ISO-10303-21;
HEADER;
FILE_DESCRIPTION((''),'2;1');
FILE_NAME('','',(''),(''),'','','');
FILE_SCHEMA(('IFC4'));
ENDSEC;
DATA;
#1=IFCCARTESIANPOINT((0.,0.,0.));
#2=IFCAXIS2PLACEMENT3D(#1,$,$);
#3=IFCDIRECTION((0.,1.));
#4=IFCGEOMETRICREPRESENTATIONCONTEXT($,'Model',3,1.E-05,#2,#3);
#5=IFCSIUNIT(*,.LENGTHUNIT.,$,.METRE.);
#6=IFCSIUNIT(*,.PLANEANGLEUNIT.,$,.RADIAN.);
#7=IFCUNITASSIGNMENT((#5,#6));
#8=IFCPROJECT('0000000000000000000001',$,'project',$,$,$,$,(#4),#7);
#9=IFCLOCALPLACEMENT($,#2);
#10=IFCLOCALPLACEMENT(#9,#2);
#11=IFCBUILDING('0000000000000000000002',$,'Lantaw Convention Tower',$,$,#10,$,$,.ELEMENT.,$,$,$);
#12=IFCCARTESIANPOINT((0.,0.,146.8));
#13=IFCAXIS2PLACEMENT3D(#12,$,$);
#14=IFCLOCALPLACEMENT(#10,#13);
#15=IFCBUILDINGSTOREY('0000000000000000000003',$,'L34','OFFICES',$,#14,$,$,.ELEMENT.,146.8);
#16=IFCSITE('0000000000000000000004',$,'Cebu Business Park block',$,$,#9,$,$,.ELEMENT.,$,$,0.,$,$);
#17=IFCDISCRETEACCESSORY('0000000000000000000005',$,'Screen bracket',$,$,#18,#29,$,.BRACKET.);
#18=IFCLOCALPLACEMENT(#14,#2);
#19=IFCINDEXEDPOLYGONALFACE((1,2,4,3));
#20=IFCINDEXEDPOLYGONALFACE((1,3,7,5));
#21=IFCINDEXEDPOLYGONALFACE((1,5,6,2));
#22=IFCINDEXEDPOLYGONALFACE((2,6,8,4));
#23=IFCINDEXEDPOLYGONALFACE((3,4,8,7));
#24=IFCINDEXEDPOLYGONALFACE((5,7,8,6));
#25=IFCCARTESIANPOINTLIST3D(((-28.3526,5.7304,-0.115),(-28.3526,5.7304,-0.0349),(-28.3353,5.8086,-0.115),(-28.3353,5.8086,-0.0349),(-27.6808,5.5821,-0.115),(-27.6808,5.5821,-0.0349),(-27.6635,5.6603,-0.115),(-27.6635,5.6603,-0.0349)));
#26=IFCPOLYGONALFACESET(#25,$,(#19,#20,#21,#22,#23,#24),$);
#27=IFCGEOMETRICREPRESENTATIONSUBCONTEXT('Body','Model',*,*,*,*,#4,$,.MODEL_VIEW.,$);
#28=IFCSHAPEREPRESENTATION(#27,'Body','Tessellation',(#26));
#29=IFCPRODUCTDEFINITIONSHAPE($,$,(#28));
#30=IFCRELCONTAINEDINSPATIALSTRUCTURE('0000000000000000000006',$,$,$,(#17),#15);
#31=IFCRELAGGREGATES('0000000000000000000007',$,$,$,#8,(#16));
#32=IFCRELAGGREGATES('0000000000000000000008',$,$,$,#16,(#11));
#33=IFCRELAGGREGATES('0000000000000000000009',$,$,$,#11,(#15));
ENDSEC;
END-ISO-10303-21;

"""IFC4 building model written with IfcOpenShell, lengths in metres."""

from ifc_helpers import new_model, si_unit, direction, frame, origin, origin_2d, place, context, subcontext, project, spatial, rectangle, extrude, element, save


model = new_model("IFC4")

# Units and contexts
model_context = context("Model", 3, precision=1e-05, world=origin(), true_north=direction((0.0, 1.0)))
body_context = subcontext(model_context, "Body", "Model", "MODEL_VIEW")
ifc_project = project(units=[si_unit("LENGTHUNIT", "METRE"), si_unit("PLANEANGLEUNIT", "RADIAN")], contexts=[model_context])

# Site, building, storey
site_placement = place(None, origin())
site = spatial("IfcSite", under=ifc_project, at=site_placement, Name="Cebu Business Park block", CompositionType="ELEMENT", RefElevation=0.0)
building_placement = place(site_placement, origin())
building = spatial("IfcBuilding", under=site, at=building_placement, Name="Lantaw Convention Tower", CompositionType="ELEMENT")
storey_placement = place(building_placement, frame((0.0, 0.0, 146.8)))
storey = spatial("IfcBuildingStorey", under=building, at=storey_placement, Name="L34", Description="OFFICES", CompositionType="ELEMENT", Elevation=146.8)

# Discrete accessory
discrete_accessory_placement = place(storey_placement, frame((-28.0081, 5.6953, -0.115), z_axis=(0.0, 0.0, 1.0), x_axis=(-0.215546, -0.976494, 0.0)))
element("IfcDiscreteAccessory", 1, at=discrete_accessory_placement, inside=storey, Name="Screen bracket", PredefinedType="BRACKET", context=body_context, shape_type="SweptSolid", body=[
    extrude(rectangle(XDim=0.0801, YDim=0.688, at=origin_2d()), origin(), (0.0, 0.0, 1.0), 0.0801),
])

save(model, "model.ifc")
